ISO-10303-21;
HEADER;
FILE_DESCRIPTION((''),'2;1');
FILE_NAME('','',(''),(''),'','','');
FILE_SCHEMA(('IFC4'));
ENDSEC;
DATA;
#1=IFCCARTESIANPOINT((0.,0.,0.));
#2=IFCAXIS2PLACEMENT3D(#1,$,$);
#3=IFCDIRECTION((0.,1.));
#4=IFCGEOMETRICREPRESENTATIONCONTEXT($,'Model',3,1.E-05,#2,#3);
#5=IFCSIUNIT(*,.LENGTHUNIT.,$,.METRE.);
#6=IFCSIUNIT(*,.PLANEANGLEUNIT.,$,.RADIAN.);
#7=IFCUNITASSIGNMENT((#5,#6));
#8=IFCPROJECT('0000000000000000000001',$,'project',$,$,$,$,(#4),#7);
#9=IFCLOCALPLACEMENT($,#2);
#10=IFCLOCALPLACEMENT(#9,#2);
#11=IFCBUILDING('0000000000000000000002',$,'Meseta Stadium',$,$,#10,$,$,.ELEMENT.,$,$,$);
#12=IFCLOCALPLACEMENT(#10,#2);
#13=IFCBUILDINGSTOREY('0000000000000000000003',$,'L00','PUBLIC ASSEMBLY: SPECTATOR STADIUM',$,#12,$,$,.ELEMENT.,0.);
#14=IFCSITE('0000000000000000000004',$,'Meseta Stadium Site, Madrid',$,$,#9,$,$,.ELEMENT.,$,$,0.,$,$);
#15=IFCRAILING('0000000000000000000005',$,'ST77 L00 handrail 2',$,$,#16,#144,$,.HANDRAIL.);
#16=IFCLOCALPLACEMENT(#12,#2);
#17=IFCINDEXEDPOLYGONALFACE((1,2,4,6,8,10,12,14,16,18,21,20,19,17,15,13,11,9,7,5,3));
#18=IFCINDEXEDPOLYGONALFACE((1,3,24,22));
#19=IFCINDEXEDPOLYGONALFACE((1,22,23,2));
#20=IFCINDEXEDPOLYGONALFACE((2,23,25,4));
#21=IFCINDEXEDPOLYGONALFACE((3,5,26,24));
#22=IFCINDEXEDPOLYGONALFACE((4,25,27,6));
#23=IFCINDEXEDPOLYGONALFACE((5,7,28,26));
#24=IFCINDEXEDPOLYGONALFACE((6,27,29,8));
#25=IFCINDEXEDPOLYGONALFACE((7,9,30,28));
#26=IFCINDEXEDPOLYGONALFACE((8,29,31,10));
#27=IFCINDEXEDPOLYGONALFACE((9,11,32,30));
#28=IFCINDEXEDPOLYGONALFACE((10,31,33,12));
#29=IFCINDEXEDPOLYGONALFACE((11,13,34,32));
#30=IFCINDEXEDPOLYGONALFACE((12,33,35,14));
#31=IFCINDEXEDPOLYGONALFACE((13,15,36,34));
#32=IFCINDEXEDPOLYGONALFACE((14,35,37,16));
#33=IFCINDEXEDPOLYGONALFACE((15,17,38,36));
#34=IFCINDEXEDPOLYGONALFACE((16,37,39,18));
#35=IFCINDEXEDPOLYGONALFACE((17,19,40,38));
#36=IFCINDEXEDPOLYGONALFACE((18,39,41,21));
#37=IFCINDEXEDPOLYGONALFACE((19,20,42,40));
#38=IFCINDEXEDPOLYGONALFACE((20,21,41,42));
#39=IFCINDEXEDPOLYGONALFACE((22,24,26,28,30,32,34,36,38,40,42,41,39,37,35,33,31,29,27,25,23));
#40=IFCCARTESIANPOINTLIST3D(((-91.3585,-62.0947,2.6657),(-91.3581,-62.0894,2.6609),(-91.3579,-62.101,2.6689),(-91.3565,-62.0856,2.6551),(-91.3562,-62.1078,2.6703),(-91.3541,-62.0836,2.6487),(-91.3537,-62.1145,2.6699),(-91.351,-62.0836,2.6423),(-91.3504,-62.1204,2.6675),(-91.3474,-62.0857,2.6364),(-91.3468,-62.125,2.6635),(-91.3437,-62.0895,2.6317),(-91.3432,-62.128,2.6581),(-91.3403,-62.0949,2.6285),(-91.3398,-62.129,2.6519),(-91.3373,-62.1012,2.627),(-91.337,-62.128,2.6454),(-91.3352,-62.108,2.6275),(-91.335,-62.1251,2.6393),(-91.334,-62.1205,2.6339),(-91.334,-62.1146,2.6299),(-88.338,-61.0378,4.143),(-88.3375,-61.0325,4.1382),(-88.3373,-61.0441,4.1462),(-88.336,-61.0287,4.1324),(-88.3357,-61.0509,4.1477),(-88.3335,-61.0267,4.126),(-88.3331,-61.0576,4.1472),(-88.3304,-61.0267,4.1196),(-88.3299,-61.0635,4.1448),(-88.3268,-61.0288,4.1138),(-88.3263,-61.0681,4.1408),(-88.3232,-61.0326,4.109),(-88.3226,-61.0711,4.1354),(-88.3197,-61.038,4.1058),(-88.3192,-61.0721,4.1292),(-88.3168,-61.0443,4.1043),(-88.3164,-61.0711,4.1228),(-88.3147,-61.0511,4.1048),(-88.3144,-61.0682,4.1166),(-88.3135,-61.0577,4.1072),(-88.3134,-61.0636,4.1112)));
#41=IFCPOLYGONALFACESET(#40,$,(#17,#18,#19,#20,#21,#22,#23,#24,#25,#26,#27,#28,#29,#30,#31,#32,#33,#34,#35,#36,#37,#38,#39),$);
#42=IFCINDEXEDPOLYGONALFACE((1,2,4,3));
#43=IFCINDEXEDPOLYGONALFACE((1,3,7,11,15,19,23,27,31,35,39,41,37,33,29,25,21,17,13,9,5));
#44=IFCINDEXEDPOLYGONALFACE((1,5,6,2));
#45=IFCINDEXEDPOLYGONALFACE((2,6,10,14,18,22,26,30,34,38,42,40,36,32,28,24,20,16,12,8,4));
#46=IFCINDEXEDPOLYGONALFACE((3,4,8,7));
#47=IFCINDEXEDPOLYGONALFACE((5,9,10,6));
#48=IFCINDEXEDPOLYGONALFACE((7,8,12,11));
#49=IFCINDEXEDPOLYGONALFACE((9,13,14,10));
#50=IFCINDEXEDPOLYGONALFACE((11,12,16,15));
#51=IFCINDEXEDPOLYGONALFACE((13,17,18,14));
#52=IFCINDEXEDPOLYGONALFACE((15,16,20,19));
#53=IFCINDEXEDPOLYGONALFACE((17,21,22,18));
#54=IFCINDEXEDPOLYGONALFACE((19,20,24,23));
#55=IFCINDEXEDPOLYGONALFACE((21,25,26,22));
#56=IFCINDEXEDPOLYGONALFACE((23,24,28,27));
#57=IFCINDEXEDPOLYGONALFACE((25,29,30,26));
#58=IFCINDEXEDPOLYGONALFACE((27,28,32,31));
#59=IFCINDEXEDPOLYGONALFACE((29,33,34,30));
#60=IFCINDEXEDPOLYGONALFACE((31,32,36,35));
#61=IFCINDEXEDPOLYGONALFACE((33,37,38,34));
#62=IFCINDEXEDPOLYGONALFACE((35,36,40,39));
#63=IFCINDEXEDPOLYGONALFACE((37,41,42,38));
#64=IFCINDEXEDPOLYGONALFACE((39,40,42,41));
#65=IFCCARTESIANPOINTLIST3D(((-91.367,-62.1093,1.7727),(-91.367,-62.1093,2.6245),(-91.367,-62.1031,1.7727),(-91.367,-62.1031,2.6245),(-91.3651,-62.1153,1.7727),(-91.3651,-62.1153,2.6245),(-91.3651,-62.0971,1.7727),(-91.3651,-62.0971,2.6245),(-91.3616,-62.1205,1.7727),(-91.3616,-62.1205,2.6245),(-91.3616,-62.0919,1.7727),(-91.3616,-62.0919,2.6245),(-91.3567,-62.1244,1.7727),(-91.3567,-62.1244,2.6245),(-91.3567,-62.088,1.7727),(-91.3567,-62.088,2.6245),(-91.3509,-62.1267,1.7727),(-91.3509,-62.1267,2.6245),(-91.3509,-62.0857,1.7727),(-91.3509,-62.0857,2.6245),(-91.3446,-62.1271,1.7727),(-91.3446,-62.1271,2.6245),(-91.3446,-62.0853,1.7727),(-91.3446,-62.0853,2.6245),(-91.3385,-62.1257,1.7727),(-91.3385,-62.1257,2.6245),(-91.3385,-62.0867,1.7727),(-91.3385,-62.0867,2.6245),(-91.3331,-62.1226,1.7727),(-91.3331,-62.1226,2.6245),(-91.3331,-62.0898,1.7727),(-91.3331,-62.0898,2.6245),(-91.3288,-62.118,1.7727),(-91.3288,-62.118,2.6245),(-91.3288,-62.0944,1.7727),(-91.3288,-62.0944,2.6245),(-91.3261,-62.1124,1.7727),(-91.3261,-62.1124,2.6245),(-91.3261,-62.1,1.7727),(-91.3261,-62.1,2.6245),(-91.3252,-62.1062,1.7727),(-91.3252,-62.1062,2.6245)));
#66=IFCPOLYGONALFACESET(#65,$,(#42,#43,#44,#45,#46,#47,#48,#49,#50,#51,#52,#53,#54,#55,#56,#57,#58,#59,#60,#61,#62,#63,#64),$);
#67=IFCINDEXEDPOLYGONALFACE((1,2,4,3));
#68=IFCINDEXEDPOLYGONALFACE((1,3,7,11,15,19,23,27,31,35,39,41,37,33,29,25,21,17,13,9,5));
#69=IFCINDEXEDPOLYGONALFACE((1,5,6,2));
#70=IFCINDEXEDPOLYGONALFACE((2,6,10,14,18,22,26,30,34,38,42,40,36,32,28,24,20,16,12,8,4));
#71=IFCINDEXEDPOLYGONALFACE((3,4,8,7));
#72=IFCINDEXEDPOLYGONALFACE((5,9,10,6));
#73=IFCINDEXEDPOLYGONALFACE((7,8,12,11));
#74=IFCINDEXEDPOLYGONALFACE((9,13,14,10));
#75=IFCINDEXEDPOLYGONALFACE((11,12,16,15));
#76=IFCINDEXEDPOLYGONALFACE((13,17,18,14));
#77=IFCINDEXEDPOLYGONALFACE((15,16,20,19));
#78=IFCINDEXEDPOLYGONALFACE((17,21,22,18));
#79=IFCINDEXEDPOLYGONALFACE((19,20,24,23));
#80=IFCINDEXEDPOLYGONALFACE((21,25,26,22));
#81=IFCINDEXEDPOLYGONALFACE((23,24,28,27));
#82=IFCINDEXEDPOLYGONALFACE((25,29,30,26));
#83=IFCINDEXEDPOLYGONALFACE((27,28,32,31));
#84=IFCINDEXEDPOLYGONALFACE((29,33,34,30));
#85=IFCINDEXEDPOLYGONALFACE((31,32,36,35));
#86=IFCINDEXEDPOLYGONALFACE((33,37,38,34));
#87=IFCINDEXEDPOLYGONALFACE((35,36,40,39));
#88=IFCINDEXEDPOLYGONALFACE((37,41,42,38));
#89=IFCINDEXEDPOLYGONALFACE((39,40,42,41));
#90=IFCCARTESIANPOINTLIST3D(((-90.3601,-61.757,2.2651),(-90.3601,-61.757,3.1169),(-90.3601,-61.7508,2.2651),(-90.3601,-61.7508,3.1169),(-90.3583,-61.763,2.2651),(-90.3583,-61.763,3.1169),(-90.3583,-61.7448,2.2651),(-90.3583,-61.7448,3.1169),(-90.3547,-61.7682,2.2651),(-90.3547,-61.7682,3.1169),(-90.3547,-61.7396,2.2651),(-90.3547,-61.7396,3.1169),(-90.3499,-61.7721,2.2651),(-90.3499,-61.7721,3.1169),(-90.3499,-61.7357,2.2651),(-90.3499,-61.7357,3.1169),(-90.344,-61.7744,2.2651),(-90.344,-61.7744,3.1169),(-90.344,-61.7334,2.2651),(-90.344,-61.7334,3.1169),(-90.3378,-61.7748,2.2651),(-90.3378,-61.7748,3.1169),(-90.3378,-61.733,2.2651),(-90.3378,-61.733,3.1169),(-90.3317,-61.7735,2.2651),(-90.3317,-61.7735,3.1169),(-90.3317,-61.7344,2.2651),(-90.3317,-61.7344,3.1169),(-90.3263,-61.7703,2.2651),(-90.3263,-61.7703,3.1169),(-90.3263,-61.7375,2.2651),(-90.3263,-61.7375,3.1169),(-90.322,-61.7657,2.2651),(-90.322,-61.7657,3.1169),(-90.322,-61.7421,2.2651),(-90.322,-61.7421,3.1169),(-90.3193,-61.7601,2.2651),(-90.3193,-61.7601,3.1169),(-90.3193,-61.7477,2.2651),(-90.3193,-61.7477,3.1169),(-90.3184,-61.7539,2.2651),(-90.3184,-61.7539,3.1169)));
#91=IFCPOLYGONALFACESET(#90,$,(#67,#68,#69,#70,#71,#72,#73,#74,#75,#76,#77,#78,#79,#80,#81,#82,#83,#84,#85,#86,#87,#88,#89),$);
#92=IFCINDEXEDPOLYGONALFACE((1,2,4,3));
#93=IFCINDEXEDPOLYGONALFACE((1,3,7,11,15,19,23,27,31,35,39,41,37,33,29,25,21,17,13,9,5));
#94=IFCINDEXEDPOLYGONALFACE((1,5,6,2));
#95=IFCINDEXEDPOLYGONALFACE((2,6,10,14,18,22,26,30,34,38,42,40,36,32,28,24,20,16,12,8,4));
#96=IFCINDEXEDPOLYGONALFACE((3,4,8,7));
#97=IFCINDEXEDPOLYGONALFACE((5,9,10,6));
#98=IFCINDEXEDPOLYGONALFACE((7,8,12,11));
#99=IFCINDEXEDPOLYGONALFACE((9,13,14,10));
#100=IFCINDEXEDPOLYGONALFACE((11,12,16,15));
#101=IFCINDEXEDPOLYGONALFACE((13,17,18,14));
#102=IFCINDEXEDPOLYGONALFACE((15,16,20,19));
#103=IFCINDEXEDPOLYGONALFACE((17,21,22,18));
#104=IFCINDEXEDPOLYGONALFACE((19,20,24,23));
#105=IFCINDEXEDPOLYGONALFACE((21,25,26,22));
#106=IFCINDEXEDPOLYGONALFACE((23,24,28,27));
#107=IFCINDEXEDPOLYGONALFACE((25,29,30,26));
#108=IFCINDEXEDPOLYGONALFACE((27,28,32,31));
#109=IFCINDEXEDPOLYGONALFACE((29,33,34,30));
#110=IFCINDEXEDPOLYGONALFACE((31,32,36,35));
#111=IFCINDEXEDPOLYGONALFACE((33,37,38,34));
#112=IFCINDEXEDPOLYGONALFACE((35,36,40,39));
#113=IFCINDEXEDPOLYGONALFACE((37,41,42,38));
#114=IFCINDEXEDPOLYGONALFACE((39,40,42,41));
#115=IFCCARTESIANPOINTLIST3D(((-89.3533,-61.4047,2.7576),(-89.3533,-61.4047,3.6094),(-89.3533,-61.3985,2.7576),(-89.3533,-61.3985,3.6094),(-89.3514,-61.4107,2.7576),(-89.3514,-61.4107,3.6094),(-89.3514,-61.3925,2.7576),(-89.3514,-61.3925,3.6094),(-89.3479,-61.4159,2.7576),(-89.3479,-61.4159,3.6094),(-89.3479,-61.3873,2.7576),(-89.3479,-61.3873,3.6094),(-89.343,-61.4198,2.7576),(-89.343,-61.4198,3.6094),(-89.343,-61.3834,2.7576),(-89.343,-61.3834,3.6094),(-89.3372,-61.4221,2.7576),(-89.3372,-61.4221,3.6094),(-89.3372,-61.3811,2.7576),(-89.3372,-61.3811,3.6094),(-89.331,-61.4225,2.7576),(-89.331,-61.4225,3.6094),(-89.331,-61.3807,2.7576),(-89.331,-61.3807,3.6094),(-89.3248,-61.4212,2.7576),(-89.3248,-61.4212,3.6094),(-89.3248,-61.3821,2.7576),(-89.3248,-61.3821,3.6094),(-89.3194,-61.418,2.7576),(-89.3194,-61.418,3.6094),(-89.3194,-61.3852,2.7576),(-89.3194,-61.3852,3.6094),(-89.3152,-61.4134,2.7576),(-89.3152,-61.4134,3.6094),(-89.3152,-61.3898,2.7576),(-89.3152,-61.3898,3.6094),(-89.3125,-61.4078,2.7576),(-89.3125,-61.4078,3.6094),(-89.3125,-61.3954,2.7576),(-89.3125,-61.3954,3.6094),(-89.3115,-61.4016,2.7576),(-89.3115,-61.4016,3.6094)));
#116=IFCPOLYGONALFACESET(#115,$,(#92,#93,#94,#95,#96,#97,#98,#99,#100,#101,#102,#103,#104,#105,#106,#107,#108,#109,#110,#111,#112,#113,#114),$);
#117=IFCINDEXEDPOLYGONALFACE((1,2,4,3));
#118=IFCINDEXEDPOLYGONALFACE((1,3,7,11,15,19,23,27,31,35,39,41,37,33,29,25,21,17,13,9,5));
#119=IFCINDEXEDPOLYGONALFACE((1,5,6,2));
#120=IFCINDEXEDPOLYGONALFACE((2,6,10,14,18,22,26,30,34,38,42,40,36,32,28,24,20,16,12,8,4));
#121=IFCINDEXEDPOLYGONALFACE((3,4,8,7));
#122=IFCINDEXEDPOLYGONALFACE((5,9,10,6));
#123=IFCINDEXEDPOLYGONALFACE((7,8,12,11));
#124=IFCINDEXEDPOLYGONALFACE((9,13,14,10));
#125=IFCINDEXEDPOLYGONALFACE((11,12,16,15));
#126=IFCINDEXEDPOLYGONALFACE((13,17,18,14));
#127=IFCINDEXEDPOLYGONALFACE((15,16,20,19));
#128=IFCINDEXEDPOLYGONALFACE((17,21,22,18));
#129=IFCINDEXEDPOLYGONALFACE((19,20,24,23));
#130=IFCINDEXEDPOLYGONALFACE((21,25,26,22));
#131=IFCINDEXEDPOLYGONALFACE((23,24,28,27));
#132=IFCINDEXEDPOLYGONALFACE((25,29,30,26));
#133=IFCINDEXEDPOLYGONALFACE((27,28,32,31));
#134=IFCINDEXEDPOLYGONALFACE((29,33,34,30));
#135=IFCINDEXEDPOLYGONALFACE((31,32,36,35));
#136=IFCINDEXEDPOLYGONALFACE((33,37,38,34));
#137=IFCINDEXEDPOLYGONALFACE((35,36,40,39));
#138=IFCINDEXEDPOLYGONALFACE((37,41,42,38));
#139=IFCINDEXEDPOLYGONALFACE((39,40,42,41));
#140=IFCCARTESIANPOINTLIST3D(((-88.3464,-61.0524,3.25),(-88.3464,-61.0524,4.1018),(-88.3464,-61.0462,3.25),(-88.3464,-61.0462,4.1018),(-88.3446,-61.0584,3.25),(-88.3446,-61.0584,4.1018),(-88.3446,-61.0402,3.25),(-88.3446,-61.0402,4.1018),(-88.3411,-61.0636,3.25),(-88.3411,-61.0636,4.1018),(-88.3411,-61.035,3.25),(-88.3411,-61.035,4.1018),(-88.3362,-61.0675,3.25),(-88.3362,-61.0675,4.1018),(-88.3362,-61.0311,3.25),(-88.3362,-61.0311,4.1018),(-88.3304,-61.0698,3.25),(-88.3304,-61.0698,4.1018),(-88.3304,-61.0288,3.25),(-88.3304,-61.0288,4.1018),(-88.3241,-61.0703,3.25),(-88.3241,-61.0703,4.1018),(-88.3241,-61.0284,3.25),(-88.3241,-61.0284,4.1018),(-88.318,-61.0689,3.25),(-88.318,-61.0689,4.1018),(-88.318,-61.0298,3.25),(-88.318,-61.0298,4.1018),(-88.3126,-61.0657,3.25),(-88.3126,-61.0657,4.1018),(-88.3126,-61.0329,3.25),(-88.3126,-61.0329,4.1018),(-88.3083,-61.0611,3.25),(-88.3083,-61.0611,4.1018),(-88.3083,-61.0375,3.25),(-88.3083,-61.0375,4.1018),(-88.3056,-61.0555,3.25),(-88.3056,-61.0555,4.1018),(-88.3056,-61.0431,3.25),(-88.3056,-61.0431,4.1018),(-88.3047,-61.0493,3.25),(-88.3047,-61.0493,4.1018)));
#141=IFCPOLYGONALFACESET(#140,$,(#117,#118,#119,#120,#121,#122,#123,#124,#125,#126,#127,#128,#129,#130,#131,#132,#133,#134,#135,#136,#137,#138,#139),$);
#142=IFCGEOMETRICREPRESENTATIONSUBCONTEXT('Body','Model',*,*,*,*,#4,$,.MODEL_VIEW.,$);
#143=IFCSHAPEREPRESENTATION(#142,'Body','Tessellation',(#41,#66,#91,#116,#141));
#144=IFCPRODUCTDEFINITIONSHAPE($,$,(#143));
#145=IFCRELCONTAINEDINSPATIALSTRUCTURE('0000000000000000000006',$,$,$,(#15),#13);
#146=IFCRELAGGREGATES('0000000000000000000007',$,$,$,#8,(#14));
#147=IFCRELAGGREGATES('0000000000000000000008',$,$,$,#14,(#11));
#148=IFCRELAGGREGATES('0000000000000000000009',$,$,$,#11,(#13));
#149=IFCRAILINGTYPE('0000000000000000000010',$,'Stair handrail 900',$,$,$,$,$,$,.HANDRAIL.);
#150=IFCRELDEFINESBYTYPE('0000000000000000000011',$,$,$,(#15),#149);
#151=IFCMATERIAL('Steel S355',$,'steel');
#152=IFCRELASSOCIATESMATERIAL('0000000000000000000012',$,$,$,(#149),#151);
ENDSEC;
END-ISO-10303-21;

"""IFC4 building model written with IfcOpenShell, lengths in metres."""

from ifc_helpers import new_model, si_unit, direction, frame, origin, origin_2d, place, context, subcontext, project, spatial, circle, extrude, material, type_object, element, save


model = new_model("IFC4")

# Units and contexts
model_context = context("Model", 3, precision=1e-05, world=origin(), true_north=direction((0.0, 1.0)))
body_context = subcontext(model_context, "Body", "Model", "MODEL_VIEW")
ifc_project = project(units=[si_unit("LENGTHUNIT", "METRE"), si_unit("PLANEANGLEUNIT", "RADIAN")], contexts=[model_context])

# Site, building, storey
site_placement = place(None, origin())
site = spatial("IfcSite", under=ifc_project, at=site_placement, Name="Meseta Stadium Site, Madrid", CompositionType="ELEMENT", RefElevation=0.0)
building_placement = place(site_placement, origin())
building = spatial("IfcBuilding", under=site, at=building_placement, Name="Meseta Stadium", CompositionType="ELEMENT")
storey_placement = place(building_placement, origin())
storey = spatial("IfcBuildingStorey", under=building, at=storey_placement, Name="L00", Description="PUBLIC ASSEMBLY: SPECTATOR STADIUM", CompositionType="ELEMENT", Elevation=0.0)

# Railing
ifc_material_1 = material(Name="Steel S355", Category="steel")
railing_type_1 = type_object("IfcRailingType", Name="Stair handrail 900", PredefinedType="HANDRAIL", material=ifc_material_1)
for number, where, name in (
    (1, (-91.3462, -62.1062, 1.7727), "ST77 L00 handrail 2"),
):
    element("IfcRailing", number, at=place(storey_placement, frame(where)), inside=storey, type_object=railing_type_1, Name=name, PredefinedType="HANDRAIL", context=body_context, shape_type="SweptSolid", body=[
        extrude(circle(Radius=0.0239, at=origin_2d()), frame((0.0, 0.0, 0.876), z_axis=(0.856977, 0.299859, 0.419137), x_axis=(-0.330269, 0.943887, 0.0)), (0.0, 0.0, 1.0), 3.5247),
        extrude(circle(Radius=0.021, at=origin_2d()), origin(), (0.0, 0.0, 1.0), 0.8518),
        extrude(circle(Radius=0.021, at=origin_2d()), frame((1.0068, 0.3523, 0.4924)), (0.0, 0.0, 1.0), 0.8518),
        extrude(circle(Radius=0.021, at=origin_2d()), frame((2.0137, 0.7046, 0.9849)), (0.0, 0.0, 1.0), 0.8518),
        extrude(circle(Radius=0.021, at=origin_2d()), frame((3.0205, 1.0569, 1.4773)), (0.0, 0.0, 1.0), 0.8518),
    ])

save(model, "model.ifc")
